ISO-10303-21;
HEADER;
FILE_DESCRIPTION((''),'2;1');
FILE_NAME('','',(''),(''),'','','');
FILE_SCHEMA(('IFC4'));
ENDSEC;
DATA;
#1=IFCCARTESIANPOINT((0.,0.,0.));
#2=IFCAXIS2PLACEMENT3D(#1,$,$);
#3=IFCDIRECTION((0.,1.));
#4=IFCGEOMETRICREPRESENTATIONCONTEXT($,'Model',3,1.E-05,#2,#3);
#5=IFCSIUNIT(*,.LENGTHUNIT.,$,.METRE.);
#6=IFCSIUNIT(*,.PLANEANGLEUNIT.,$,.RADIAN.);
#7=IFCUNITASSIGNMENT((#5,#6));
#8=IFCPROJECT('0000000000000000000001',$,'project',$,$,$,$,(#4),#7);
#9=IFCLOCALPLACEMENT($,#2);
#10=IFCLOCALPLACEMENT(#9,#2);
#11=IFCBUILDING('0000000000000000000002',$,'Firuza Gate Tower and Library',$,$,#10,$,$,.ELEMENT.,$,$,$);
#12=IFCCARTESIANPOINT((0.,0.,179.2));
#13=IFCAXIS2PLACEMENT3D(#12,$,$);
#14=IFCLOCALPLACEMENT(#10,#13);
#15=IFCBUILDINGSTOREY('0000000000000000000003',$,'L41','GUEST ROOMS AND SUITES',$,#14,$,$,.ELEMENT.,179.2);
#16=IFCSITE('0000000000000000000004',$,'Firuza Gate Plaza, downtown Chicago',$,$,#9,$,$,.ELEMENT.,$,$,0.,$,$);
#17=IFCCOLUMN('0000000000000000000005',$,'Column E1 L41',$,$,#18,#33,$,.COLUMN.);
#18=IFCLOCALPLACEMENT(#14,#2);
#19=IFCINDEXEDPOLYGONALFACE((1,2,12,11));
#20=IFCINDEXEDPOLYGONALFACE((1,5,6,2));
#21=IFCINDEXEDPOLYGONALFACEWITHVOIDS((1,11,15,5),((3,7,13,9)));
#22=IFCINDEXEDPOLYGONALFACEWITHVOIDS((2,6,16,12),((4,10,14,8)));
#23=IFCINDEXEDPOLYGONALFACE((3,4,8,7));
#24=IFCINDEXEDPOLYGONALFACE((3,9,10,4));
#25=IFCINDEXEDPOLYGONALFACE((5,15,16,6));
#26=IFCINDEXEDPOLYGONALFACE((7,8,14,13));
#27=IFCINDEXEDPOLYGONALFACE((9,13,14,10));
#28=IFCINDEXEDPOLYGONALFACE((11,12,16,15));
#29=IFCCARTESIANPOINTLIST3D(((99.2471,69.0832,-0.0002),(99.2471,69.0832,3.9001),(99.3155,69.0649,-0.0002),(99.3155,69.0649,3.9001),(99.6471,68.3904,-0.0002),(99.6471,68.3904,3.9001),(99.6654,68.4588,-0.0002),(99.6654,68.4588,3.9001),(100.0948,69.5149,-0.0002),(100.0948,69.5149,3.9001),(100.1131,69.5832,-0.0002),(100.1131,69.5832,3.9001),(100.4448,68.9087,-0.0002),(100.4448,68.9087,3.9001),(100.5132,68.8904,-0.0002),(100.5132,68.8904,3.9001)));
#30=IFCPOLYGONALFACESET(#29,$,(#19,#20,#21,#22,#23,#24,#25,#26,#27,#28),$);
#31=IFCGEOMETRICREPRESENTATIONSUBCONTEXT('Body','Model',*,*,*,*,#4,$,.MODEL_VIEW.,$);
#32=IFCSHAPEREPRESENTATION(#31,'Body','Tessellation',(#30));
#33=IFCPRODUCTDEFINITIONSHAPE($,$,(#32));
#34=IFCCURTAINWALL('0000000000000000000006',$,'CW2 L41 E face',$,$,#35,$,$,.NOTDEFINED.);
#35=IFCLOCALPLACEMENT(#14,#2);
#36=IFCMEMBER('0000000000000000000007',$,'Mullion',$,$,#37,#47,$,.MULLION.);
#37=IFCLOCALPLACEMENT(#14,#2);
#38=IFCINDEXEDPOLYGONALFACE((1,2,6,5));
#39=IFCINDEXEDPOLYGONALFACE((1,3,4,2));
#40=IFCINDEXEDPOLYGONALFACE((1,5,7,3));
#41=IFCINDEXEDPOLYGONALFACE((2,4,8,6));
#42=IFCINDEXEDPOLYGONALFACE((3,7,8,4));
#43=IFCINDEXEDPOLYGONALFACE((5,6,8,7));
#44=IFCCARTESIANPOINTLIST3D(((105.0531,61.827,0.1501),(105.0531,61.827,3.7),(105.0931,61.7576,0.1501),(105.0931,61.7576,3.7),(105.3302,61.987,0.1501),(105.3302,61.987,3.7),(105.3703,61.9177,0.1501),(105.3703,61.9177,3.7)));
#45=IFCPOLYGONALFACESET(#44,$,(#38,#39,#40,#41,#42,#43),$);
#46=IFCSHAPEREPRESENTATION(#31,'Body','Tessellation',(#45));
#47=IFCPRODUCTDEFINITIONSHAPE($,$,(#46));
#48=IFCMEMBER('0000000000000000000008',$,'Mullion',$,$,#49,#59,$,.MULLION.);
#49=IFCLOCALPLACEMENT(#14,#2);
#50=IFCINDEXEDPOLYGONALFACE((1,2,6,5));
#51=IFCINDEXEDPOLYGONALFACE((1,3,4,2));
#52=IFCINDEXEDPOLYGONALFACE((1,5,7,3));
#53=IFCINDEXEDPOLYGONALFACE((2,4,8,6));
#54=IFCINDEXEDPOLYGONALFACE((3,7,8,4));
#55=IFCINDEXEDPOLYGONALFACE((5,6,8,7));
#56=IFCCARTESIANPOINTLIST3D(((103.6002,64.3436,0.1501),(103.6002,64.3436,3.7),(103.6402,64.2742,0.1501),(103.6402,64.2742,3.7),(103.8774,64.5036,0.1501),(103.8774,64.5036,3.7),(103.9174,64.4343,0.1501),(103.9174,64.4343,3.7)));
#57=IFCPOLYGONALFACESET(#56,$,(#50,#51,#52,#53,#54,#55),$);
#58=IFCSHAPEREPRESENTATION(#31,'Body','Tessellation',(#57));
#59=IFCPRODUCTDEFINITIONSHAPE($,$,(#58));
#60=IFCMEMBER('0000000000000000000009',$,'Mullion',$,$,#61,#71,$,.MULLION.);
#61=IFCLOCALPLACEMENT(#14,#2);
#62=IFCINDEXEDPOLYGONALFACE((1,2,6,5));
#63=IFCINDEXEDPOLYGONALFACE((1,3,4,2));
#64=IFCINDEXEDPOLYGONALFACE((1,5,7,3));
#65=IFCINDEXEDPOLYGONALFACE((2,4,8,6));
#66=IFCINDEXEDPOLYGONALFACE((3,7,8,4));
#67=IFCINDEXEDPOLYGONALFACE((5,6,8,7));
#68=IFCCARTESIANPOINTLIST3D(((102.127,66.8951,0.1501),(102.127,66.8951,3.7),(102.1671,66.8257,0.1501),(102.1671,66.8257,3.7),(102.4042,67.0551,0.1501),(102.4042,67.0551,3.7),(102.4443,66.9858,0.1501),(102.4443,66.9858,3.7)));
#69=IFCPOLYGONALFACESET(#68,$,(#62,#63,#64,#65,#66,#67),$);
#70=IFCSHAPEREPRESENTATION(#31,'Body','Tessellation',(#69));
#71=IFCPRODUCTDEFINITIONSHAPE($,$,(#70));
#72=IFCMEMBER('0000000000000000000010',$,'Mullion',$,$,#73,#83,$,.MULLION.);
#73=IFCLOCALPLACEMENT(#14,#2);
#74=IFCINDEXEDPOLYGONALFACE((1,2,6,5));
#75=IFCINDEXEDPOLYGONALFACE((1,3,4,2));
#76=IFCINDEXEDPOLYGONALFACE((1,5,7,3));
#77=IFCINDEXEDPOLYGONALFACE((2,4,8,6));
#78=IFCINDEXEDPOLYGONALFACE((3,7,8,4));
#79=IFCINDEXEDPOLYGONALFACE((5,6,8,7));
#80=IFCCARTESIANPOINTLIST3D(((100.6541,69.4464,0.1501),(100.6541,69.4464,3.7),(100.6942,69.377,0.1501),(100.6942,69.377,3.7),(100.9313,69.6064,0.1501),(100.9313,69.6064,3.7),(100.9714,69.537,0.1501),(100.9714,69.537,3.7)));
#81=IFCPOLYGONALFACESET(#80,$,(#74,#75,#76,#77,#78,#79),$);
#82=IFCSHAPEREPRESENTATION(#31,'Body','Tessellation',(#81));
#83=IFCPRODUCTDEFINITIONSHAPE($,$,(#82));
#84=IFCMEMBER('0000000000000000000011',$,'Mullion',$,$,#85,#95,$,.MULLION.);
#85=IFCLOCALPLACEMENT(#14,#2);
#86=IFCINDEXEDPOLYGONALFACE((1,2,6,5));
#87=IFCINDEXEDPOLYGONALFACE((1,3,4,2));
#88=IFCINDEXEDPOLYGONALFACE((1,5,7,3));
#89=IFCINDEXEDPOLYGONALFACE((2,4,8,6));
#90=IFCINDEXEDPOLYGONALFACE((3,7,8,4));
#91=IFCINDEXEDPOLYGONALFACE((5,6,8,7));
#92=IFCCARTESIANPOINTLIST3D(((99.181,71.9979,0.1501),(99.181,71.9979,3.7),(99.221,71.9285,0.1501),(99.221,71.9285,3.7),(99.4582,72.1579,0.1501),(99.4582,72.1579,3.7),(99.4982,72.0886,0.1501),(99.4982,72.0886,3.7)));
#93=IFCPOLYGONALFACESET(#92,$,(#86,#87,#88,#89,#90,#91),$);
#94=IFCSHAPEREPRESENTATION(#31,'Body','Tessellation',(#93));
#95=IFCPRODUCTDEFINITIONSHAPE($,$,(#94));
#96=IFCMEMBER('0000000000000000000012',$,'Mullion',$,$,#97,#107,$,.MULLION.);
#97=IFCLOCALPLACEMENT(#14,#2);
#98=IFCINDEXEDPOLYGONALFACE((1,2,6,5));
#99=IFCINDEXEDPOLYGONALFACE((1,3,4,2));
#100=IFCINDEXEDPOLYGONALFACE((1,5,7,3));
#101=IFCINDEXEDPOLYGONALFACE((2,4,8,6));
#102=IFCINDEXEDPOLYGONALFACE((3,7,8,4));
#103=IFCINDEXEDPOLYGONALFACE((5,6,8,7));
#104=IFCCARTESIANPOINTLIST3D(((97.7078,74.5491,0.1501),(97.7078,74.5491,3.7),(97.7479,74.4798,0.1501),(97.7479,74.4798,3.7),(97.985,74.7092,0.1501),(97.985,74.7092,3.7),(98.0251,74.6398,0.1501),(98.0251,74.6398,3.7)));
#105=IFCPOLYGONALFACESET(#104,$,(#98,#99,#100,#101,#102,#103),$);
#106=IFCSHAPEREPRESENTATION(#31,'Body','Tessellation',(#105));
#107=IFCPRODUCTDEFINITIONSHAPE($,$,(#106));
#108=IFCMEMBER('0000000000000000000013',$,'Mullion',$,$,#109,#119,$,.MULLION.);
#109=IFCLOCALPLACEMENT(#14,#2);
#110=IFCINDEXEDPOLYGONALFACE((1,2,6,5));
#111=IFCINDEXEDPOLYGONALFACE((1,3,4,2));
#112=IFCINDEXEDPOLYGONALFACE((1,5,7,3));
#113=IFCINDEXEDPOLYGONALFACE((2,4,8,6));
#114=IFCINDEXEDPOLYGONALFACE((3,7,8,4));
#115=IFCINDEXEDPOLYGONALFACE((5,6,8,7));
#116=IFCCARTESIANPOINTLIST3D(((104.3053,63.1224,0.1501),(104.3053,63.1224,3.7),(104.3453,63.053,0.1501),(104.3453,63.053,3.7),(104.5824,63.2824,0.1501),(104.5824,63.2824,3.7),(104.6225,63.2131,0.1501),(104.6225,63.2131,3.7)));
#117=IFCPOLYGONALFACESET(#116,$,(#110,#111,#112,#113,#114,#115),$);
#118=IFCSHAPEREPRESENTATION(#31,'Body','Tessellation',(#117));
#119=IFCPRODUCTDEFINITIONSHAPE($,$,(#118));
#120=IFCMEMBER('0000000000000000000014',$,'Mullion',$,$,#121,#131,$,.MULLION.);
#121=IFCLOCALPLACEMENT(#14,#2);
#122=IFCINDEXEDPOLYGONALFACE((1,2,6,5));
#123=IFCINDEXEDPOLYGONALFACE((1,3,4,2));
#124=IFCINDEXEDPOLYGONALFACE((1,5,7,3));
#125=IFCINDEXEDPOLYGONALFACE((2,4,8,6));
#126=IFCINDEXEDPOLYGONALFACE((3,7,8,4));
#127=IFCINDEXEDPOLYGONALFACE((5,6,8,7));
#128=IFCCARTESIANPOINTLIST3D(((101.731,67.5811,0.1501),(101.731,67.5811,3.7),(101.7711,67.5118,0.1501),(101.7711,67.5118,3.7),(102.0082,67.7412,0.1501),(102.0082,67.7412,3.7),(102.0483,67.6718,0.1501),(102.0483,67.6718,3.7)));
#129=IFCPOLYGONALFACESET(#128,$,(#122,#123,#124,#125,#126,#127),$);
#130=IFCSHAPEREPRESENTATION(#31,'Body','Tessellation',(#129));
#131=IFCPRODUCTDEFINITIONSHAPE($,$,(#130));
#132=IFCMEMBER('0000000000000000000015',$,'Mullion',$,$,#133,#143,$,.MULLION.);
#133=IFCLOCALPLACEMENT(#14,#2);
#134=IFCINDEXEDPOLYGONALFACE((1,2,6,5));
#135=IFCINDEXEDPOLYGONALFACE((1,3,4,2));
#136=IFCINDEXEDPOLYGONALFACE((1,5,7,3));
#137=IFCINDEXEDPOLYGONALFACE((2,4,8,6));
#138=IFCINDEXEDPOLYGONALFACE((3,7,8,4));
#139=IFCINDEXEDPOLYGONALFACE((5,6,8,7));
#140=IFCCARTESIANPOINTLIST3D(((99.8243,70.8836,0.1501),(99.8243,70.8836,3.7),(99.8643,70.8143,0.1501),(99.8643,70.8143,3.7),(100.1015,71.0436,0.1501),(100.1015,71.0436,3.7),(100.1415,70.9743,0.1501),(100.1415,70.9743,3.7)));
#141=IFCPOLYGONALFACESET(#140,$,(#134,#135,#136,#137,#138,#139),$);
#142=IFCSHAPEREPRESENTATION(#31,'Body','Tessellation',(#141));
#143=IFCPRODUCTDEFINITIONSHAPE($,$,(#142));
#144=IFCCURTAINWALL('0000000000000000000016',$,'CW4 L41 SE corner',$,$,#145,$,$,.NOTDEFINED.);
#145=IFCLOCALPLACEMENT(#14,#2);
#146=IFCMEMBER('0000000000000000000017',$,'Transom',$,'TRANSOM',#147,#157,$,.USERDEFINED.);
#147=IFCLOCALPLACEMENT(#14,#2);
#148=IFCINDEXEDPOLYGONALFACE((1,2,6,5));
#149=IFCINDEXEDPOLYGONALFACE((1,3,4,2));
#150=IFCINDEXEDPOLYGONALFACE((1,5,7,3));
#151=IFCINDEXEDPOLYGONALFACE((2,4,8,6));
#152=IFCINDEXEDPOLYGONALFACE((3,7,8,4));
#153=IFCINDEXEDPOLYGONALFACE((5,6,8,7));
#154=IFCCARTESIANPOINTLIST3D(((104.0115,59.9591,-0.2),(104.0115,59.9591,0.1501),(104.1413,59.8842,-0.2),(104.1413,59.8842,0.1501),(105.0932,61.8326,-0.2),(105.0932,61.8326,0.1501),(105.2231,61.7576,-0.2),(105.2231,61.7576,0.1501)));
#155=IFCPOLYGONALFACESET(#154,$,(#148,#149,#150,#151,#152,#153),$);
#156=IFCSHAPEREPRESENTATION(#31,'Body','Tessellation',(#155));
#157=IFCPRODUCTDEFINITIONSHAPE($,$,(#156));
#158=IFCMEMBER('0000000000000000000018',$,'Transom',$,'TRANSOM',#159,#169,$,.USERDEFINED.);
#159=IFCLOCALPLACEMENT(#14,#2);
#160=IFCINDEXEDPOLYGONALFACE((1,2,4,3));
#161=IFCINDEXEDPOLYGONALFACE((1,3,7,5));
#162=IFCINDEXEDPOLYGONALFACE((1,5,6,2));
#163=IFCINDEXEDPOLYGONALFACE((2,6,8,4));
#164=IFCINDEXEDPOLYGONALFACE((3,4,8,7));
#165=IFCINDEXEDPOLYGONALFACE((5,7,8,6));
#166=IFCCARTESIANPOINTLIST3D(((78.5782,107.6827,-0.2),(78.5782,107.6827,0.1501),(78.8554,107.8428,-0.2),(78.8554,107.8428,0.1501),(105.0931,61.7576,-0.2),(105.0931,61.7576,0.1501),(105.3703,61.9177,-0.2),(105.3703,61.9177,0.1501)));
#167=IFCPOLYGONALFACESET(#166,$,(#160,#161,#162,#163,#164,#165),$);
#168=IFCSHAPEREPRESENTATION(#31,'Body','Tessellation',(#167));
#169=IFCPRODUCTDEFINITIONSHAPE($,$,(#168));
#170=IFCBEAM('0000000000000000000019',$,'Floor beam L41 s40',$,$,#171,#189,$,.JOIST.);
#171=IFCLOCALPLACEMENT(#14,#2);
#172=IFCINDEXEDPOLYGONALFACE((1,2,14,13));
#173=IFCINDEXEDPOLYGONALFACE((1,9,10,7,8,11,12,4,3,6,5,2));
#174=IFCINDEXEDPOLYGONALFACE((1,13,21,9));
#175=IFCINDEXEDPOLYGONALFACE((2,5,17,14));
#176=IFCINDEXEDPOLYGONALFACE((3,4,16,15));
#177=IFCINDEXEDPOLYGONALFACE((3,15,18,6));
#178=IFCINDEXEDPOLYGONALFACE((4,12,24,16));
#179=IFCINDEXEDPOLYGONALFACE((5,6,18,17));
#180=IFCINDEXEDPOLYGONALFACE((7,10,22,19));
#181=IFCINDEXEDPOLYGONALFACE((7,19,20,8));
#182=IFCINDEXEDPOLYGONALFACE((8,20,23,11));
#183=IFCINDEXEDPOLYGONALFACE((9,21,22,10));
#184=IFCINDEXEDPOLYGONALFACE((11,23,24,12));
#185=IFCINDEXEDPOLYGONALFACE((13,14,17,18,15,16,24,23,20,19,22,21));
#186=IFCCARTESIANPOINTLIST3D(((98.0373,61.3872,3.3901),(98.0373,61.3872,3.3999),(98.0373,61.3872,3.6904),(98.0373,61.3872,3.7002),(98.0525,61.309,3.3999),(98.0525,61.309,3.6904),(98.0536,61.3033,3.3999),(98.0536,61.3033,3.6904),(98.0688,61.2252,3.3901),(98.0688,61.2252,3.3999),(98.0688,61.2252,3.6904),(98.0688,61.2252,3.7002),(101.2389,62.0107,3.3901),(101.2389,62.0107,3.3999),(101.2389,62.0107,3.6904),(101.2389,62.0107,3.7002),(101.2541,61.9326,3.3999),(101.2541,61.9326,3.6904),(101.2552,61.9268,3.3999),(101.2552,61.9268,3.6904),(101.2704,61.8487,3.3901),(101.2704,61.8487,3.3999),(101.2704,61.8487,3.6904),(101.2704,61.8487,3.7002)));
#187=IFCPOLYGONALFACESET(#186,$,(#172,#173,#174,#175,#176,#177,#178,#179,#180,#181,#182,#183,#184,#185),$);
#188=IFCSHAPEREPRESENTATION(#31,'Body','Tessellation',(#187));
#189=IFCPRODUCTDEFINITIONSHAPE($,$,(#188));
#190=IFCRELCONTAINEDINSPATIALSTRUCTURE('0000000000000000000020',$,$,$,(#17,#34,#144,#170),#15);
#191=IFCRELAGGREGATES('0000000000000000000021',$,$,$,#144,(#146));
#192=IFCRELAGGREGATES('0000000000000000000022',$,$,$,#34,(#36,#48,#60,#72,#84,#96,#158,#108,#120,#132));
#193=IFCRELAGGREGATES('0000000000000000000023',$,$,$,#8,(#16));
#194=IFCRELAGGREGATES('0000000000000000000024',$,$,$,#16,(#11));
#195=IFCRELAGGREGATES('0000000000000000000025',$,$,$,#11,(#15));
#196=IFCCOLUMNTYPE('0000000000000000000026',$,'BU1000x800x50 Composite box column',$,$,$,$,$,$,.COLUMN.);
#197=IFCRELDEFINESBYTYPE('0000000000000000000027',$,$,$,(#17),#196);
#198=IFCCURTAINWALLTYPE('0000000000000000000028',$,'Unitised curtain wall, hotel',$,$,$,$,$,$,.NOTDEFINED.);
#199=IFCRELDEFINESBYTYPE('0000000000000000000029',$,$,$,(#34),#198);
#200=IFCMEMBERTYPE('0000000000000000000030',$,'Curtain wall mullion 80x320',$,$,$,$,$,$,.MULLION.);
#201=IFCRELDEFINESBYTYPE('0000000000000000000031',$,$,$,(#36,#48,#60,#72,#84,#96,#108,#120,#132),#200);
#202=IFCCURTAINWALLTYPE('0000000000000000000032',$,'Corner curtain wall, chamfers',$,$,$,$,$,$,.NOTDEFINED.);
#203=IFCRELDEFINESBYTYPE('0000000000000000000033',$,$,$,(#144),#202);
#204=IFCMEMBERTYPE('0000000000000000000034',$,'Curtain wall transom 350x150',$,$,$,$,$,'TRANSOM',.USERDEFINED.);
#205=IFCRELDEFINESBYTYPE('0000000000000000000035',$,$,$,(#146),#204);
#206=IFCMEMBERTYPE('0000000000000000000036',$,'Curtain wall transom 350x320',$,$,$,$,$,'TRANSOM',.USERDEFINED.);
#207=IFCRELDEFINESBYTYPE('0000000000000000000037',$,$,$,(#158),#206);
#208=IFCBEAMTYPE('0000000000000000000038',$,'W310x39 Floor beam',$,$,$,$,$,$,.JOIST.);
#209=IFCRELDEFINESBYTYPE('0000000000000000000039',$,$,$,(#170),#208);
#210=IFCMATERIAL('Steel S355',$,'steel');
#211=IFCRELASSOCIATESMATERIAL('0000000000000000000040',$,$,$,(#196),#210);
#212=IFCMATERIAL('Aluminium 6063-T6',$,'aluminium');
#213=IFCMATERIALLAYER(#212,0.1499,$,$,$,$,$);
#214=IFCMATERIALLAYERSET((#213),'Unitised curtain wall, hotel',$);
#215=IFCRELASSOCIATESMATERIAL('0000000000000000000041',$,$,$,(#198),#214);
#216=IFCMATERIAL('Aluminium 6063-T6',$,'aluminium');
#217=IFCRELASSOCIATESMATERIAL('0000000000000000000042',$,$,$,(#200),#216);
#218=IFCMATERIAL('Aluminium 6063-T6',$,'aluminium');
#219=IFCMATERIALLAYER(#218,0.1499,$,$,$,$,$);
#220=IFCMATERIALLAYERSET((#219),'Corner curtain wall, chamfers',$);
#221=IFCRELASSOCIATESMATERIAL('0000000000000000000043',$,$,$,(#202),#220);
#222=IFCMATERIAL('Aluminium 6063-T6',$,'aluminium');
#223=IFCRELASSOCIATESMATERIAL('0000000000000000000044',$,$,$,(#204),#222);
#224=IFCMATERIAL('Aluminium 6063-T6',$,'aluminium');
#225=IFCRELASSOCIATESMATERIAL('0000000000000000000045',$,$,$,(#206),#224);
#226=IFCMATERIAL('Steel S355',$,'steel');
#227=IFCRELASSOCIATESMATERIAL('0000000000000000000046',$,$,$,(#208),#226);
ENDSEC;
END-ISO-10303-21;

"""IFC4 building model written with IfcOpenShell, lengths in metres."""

from ifc_helpers import new_model, si_unit, direction, frame, origin, origin_2d, place, context, subcontext, project, spatial, rectangle, hollow_rectangle, i_section, extrude, material, layer, layer_set, material_profile, profile_set, type_object, element, aggregate, save


model = new_model("IFC4")

# Units and contexts
model_context = context("Model", 3, precision=1e-05, world=origin(), true_north=direction((0.0, 1.0)))
body_context = subcontext(model_context, "Body", "Model", "MODEL_VIEW")
ifc_project = project(units=[si_unit("LENGTHUNIT", "METRE"), si_unit("PLANEANGLEUNIT", "RADIAN")], contexts=[model_context])

# Site, building, storey
site_placement = place(None, origin())
site = spatial("IfcSite", under=ifc_project, at=site_placement, Name="Firuza Gate Plaza, downtown Chicago", CompositionType="ELEMENT", RefElevation=0.0)
building_placement = place(site_placement, origin())
building = spatial("IfcBuilding", under=site, at=building_placement, Name="Firuza Gate Tower and Library", CompositionType="ELEMENT")
storey_placement = place(building_placement, frame((0.0, 0.0, 179.2)))
storey = spatial("IfcBuildingStorey", under=building, at=storey_placement, Name="L41", Description="GUEST ROOMS AND SUITES", CompositionType="ELEMENT", Elevation=179.2)

# Column
ifc_material_1 = material(Name="Steel S355", Category="steel")
ifc_material_profile_1 = material_profile(ifc_material_1, hollow_rectangle(XDim=0.8, YDim=1.0, WallThickness=0.05, at=origin_2d()))
ifc_profile_set_1 = profile_set([ifc_material_profile_1], Name="Steel S355")
column_type = type_object("IfcColumnType", Name="BU1000x800x50 Composite box column", PredefinedType="COLUMN", material=ifc_profile_set_1)
column_placement = place(storey_placement, frame((99.8801, 68.9868, -0.0002), z_axis=(0.0, 0.0, 1.0), x_axis=(-0.5, 0.866025, 0.0)))
element("IfcColumn", 1, at=column_placement, inside=storey, type_object=column_type, Name="Column E1 L41", PredefinedType="COLUMN", context=body_context, shape_type="SweptSolid", body=[
    extrude(hollow_rectangle(XDim=0.8, YDim=1.0, WallThickness=0.05, at=origin_2d()), origin(), (0.0, 0.0, 1.0), 3.9004),
])

# Curtain wall, members
ifc_material_2 = material(Name="Aluminium 6063-T6", Category="aluminium")
ifc_layer_1 = layer(ifc_material_2, 0.1499)
ifc_layer_set_1 = layer_set([ifc_layer_1], Name="Unitised curtain wall, hotel")
curtain_wall_type_1 = type_object("IfcCurtainWallType", Name="Unitised curtain wall, hotel", PredefinedType="NOTDEFINED", material=ifc_layer_set_1)
placement = place(storey_placement, origin())
curtain_wall_1 = element("IfcCurtainWall", 2, at=placement, inside=storey, type_object=curtain_wall_type_1, Name="CW2 L41 E face", PredefinedType="NOTDEFINED")
ifc_material_3 = material(Name="Aluminium 6063-T6", Category="aluminium")
ifc_material_profile_2 = material_profile(ifc_material_3, rectangle(XDim=0.3201, YDim=0.0801, at=origin_2d()))
ifc_profile_set_2 = profile_set([ifc_material_profile_2], Name="Aluminium 6063-T6")
member_type_1 = type_object("IfcMemberType", Name="Curtain wall mullion 80x320", PredefinedType="MULLION", material=ifc_profile_set_2)
member_1_placement = place(storey_placement, frame((105.2117, 61.8723, 0.1501), z_axis=(0.0, 0.0, 1.0), x_axis=(-0.866025, -0.5, 0.0)))
member_1 = element("IfcMember", 3, at=member_1_placement, type_object=member_type_1, Name="Mullion", PredefinedType="MULLION", context=body_context, shape_type="SweptSolid", body=[
    extrude(rectangle(XDim=0.3201, YDim=0.0801, at=origin_2d()), origin(), (0.0, 0.0, 1.0), 3.5498),
])
member_2_placement = place(storey_placement, frame((103.7588, 64.3889, 0.1501), z_axis=(0.0, 0.0, 1.0), x_axis=(-0.866025, -0.5, 0.0)))
member_2 = element("IfcMember", 4, at=member_2_placement, type_object=member_type_1, Name="Mullion", PredefinedType="MULLION", context=body_context, shape_type="SweptSolid", body=[
    extrude(rectangle(XDim=0.3201, YDim=0.0801, at=origin_2d()), origin(), (0.0, 0.0, 1.0), 3.5498),
])
member_3_placement = place(storey_placement, frame((102.2856, 66.9404, 0.1501), z_axis=(0.0, 0.0, 1.0), x_axis=(-0.866025, -0.5, 0.0)))
member_3 = element("IfcMember", 5, at=member_3_placement, type_object=member_type_1, Name="Mullion", PredefinedType="MULLION", context=body_context, shape_type="SweptSolid", body=[
    extrude(rectangle(XDim=0.3201, YDim=0.0801, at=origin_2d()), origin(), (0.0, 0.0, 1.0), 3.5498),
])
member_4_placement = place(storey_placement, frame((100.8127, 69.4917, 0.1501), z_axis=(0.0, 0.0, 1.0), x_axis=(-0.866025, -0.5, 0.0)))
member_4 = element("IfcMember", 6, at=member_4_placement, type_object=member_type_1, Name="Mullion", PredefinedType="MULLION", context=body_context, shape_type="SweptSolid", body=[
    extrude(rectangle(XDim=0.3201, YDim=0.0801, at=origin_2d()), origin(), (0.0, 0.0, 1.0), 3.5498),
])
member_5_placement = place(storey_placement, frame((99.3396, 72.0432, 0.1501), z_axis=(0.0, 0.0, 1.0), x_axis=(-0.866025, -0.5, 0.0)))
member_5 = element("IfcMember", 7, at=member_5_placement, type_object=member_type_1, Name="Mullion", PredefinedType="MULLION", context=body_context, shape_type="SweptSolid", body=[
    extrude(rectangle(XDim=0.3201, YDim=0.0801, at=origin_2d()), origin(), (0.0, 0.0, 1.0), 3.5498),
])
member_6_placement = place(storey_placement, frame((97.8665, 74.5945, 0.1501), z_axis=(0.0, 0.0, 1.0), x_axis=(-0.866025, -0.5, 0.0)))
member_6 = element("IfcMember", 8, at=member_6_placement, type_object=member_type_1, Name="Mullion", PredefinedType="MULLION", context=body_context, shape_type="SweptSolid", body=[
    extrude(rectangle(XDim=0.3201, YDim=0.0801, at=origin_2d()), origin(), (0.0, 0.0, 1.0), 3.5498),
])
member_7_placement = place(storey_placement, frame((104.4639, 63.1677, 0.1501), z_axis=(0.0, 0.0, 1.0), x_axis=(-0.866025, -0.5, 0.0)))
member_7 = element("IfcMember", 9, at=member_7_placement, type_object=member_type_1, Name="Mullion", PredefinedType="MULLION", context=body_context, shape_type="SweptSolid", body=[
    extrude(rectangle(XDim=0.3201, YDim=0.0801, at=origin_2d()), origin(), (0.0, 0.0, 1.0), 3.5498),
])
member_8_placement = place(storey_placement, frame((101.8896, 67.6265, 0.1501), z_axis=(0.0, 0.0, 1.0), x_axis=(-0.866025, -0.5, 0.0)))
member_8 = element("IfcMember", 10, at=member_8_placement, type_object=member_type_1, Name="Mullion", PredefinedType="MULLION", context=body_context, shape_type="SweptSolid", body=[
    extrude(rectangle(XDim=0.3201, YDim=0.0801, at=origin_2d()), origin(), (0.0, 0.0, 1.0), 3.5498),
])
member_9_placement = place(storey_placement, frame((99.9829, 70.929, 0.1501), z_axis=(0.0, 0.0, 1.0), x_axis=(-0.866025, -0.5, 0.0)))
member_9 = element("IfcMember", 11, at=member_9_placement, type_object=member_type_1, Name="Mullion", PredefinedType="MULLION", context=body_context, shape_type="SweptSolid", body=[
    extrude(rectangle(XDim=0.3201, YDim=0.0801, at=origin_2d()), origin(), (0.0, 0.0, 1.0), 3.5498),
])

# Curtain wall, member
ifc_material_4 = material(Name="Aluminium 6063-T6", Category="aluminium")
ifc_layer_2 = layer(ifc_material_4, 0.1499)
ifc_layer_set_2 = layer_set([ifc_layer_2], Name="Corner curtain wall, chamfers")
curtain_wall_type_2 = type_object("IfcCurtainWallType", Name="Corner curtain wall, chamfers", PredefinedType="NOTDEFINED", material=ifc_layer_set_2)
curtain_wall_2 = element("IfcCurtainWall", 12, at=placement, inside=storey, type_object=curtain_wall_type_2, Name="CW4 L41 SE corner", PredefinedType="NOTDEFINED")
ifc_material_5 = material(Name="Aluminium 6063-T6", Category="aluminium")
ifc_material_profile_3 = material_profile(ifc_material_5, rectangle(XDim=0.1499, YDim=0.3501, at=origin_2d()))
ifc_profile_set_3 = profile_set([ifc_material_profile_3], Name="Aluminium 6063-T6")
member_type_2 = type_object("IfcMemberType", Name="Curtain wall transom 350x150", ElementType="TRANSOM", PredefinedType="USERDEFINED", material=ifc_profile_set_3)
member_10_placement = place(storey_placement, frame((104.0764, 59.9216, -0.0249), z_axis=(0.500035, 0.866005, 0.0), x_axis=(-0.866005, 0.500035, 0.0)))
member_10 = element("IfcMember", 13, at=member_10_placement, type_object=member_type_2, Name="Transom", ObjectType="TRANSOM", PredefinedType="USERDEFINED", context=body_context, shape_type="SweptSolid", body=[
    extrude(rectangle(XDim=0.1499, YDim=0.3501, at=origin_2d()), origin(), (0.0, 0.0, 1.0), 2.1633),
])
aggregate(curtain_wall_2, [member_10])

# Member
ifc_material_6 = material(Name="Aluminium 6063-T6", Category="aluminium")
ifc_material_profile_4 = material_profile(ifc_material_6, rectangle(XDim=0.3201, YDim=0.3501, at=origin_2d()))
ifc_profile_set_4 = profile_set([ifc_material_profile_4], Name="Aluminium 6063-T6")
member_type_3 = type_object("IfcMemberType", Name="Curtain wall transom 350x320", ElementType="TRANSOM", PredefinedType="USERDEFINED", material=ifc_profile_set_4)
member_11_placement = place(storey_placement, frame((105.2317, 61.8376, -0.0249), z_axis=(-0.500001, 0.866025, 0.0), x_axis=(-0.866025, -0.500001, 0.0)))
member_11 = element("IfcMember", 14, at=member_11_placement, type_object=member_type_3, Name="Transom", ObjectType="TRANSOM", PredefinedType="USERDEFINED", context=body_context, shape_type="SweptSolid", body=[
    extrude(rectangle(XDim=0.3201, YDim=0.3501, at=origin_2d()), origin(), (0.0, 0.0, 1.0), 53.0298),
])

# Beam
ifc_material_7 = material(Name="Steel S355", Category="steel")
ifc_material_profile_5 = material_profile(ifc_material_7, i_section(OverallWidth=0.165, OverallDepth=0.3101, WebThickness=0.0059, FlangeThickness=0.0098, at=origin_2d()))
ifc_profile_set_5 = profile_set([ifc_material_profile_5], Name="Steel S355")
beam_type_1 = type_object("IfcBeamType", Name="W310x39 Floor beam", PredefinedType="JOIST", material=ifc_profile_set_5)
beam_1_placement = place(storey_placement, frame((101.2546, 61.9297, 3.5452), z_axis=(-0.981558, -0.191162, 0.0), x_axis=(0.191162, -0.981558, 0.0)))
element("IfcBeam", 15, at=beam_1_placement, inside=storey, type_object=beam_type_1, Name="Floor beam L41 s40", PredefinedType="JOIST", context=body_context, shape_type="SweptSolid", body=[
    extrude(i_section(OverallWidth=0.165, OverallDepth=0.3101, WebThickness=0.0059, FlangeThickness=0.0098, at=origin_2d()), origin(), (0.0, 0.0, 1.0), 3.2617),
])

aggregate(curtain_wall_1, [member_1, member_2, member_3, member_4, member_5, member_6, member_11, member_7, member_8, member_9])

save(model, "model.ifc")
